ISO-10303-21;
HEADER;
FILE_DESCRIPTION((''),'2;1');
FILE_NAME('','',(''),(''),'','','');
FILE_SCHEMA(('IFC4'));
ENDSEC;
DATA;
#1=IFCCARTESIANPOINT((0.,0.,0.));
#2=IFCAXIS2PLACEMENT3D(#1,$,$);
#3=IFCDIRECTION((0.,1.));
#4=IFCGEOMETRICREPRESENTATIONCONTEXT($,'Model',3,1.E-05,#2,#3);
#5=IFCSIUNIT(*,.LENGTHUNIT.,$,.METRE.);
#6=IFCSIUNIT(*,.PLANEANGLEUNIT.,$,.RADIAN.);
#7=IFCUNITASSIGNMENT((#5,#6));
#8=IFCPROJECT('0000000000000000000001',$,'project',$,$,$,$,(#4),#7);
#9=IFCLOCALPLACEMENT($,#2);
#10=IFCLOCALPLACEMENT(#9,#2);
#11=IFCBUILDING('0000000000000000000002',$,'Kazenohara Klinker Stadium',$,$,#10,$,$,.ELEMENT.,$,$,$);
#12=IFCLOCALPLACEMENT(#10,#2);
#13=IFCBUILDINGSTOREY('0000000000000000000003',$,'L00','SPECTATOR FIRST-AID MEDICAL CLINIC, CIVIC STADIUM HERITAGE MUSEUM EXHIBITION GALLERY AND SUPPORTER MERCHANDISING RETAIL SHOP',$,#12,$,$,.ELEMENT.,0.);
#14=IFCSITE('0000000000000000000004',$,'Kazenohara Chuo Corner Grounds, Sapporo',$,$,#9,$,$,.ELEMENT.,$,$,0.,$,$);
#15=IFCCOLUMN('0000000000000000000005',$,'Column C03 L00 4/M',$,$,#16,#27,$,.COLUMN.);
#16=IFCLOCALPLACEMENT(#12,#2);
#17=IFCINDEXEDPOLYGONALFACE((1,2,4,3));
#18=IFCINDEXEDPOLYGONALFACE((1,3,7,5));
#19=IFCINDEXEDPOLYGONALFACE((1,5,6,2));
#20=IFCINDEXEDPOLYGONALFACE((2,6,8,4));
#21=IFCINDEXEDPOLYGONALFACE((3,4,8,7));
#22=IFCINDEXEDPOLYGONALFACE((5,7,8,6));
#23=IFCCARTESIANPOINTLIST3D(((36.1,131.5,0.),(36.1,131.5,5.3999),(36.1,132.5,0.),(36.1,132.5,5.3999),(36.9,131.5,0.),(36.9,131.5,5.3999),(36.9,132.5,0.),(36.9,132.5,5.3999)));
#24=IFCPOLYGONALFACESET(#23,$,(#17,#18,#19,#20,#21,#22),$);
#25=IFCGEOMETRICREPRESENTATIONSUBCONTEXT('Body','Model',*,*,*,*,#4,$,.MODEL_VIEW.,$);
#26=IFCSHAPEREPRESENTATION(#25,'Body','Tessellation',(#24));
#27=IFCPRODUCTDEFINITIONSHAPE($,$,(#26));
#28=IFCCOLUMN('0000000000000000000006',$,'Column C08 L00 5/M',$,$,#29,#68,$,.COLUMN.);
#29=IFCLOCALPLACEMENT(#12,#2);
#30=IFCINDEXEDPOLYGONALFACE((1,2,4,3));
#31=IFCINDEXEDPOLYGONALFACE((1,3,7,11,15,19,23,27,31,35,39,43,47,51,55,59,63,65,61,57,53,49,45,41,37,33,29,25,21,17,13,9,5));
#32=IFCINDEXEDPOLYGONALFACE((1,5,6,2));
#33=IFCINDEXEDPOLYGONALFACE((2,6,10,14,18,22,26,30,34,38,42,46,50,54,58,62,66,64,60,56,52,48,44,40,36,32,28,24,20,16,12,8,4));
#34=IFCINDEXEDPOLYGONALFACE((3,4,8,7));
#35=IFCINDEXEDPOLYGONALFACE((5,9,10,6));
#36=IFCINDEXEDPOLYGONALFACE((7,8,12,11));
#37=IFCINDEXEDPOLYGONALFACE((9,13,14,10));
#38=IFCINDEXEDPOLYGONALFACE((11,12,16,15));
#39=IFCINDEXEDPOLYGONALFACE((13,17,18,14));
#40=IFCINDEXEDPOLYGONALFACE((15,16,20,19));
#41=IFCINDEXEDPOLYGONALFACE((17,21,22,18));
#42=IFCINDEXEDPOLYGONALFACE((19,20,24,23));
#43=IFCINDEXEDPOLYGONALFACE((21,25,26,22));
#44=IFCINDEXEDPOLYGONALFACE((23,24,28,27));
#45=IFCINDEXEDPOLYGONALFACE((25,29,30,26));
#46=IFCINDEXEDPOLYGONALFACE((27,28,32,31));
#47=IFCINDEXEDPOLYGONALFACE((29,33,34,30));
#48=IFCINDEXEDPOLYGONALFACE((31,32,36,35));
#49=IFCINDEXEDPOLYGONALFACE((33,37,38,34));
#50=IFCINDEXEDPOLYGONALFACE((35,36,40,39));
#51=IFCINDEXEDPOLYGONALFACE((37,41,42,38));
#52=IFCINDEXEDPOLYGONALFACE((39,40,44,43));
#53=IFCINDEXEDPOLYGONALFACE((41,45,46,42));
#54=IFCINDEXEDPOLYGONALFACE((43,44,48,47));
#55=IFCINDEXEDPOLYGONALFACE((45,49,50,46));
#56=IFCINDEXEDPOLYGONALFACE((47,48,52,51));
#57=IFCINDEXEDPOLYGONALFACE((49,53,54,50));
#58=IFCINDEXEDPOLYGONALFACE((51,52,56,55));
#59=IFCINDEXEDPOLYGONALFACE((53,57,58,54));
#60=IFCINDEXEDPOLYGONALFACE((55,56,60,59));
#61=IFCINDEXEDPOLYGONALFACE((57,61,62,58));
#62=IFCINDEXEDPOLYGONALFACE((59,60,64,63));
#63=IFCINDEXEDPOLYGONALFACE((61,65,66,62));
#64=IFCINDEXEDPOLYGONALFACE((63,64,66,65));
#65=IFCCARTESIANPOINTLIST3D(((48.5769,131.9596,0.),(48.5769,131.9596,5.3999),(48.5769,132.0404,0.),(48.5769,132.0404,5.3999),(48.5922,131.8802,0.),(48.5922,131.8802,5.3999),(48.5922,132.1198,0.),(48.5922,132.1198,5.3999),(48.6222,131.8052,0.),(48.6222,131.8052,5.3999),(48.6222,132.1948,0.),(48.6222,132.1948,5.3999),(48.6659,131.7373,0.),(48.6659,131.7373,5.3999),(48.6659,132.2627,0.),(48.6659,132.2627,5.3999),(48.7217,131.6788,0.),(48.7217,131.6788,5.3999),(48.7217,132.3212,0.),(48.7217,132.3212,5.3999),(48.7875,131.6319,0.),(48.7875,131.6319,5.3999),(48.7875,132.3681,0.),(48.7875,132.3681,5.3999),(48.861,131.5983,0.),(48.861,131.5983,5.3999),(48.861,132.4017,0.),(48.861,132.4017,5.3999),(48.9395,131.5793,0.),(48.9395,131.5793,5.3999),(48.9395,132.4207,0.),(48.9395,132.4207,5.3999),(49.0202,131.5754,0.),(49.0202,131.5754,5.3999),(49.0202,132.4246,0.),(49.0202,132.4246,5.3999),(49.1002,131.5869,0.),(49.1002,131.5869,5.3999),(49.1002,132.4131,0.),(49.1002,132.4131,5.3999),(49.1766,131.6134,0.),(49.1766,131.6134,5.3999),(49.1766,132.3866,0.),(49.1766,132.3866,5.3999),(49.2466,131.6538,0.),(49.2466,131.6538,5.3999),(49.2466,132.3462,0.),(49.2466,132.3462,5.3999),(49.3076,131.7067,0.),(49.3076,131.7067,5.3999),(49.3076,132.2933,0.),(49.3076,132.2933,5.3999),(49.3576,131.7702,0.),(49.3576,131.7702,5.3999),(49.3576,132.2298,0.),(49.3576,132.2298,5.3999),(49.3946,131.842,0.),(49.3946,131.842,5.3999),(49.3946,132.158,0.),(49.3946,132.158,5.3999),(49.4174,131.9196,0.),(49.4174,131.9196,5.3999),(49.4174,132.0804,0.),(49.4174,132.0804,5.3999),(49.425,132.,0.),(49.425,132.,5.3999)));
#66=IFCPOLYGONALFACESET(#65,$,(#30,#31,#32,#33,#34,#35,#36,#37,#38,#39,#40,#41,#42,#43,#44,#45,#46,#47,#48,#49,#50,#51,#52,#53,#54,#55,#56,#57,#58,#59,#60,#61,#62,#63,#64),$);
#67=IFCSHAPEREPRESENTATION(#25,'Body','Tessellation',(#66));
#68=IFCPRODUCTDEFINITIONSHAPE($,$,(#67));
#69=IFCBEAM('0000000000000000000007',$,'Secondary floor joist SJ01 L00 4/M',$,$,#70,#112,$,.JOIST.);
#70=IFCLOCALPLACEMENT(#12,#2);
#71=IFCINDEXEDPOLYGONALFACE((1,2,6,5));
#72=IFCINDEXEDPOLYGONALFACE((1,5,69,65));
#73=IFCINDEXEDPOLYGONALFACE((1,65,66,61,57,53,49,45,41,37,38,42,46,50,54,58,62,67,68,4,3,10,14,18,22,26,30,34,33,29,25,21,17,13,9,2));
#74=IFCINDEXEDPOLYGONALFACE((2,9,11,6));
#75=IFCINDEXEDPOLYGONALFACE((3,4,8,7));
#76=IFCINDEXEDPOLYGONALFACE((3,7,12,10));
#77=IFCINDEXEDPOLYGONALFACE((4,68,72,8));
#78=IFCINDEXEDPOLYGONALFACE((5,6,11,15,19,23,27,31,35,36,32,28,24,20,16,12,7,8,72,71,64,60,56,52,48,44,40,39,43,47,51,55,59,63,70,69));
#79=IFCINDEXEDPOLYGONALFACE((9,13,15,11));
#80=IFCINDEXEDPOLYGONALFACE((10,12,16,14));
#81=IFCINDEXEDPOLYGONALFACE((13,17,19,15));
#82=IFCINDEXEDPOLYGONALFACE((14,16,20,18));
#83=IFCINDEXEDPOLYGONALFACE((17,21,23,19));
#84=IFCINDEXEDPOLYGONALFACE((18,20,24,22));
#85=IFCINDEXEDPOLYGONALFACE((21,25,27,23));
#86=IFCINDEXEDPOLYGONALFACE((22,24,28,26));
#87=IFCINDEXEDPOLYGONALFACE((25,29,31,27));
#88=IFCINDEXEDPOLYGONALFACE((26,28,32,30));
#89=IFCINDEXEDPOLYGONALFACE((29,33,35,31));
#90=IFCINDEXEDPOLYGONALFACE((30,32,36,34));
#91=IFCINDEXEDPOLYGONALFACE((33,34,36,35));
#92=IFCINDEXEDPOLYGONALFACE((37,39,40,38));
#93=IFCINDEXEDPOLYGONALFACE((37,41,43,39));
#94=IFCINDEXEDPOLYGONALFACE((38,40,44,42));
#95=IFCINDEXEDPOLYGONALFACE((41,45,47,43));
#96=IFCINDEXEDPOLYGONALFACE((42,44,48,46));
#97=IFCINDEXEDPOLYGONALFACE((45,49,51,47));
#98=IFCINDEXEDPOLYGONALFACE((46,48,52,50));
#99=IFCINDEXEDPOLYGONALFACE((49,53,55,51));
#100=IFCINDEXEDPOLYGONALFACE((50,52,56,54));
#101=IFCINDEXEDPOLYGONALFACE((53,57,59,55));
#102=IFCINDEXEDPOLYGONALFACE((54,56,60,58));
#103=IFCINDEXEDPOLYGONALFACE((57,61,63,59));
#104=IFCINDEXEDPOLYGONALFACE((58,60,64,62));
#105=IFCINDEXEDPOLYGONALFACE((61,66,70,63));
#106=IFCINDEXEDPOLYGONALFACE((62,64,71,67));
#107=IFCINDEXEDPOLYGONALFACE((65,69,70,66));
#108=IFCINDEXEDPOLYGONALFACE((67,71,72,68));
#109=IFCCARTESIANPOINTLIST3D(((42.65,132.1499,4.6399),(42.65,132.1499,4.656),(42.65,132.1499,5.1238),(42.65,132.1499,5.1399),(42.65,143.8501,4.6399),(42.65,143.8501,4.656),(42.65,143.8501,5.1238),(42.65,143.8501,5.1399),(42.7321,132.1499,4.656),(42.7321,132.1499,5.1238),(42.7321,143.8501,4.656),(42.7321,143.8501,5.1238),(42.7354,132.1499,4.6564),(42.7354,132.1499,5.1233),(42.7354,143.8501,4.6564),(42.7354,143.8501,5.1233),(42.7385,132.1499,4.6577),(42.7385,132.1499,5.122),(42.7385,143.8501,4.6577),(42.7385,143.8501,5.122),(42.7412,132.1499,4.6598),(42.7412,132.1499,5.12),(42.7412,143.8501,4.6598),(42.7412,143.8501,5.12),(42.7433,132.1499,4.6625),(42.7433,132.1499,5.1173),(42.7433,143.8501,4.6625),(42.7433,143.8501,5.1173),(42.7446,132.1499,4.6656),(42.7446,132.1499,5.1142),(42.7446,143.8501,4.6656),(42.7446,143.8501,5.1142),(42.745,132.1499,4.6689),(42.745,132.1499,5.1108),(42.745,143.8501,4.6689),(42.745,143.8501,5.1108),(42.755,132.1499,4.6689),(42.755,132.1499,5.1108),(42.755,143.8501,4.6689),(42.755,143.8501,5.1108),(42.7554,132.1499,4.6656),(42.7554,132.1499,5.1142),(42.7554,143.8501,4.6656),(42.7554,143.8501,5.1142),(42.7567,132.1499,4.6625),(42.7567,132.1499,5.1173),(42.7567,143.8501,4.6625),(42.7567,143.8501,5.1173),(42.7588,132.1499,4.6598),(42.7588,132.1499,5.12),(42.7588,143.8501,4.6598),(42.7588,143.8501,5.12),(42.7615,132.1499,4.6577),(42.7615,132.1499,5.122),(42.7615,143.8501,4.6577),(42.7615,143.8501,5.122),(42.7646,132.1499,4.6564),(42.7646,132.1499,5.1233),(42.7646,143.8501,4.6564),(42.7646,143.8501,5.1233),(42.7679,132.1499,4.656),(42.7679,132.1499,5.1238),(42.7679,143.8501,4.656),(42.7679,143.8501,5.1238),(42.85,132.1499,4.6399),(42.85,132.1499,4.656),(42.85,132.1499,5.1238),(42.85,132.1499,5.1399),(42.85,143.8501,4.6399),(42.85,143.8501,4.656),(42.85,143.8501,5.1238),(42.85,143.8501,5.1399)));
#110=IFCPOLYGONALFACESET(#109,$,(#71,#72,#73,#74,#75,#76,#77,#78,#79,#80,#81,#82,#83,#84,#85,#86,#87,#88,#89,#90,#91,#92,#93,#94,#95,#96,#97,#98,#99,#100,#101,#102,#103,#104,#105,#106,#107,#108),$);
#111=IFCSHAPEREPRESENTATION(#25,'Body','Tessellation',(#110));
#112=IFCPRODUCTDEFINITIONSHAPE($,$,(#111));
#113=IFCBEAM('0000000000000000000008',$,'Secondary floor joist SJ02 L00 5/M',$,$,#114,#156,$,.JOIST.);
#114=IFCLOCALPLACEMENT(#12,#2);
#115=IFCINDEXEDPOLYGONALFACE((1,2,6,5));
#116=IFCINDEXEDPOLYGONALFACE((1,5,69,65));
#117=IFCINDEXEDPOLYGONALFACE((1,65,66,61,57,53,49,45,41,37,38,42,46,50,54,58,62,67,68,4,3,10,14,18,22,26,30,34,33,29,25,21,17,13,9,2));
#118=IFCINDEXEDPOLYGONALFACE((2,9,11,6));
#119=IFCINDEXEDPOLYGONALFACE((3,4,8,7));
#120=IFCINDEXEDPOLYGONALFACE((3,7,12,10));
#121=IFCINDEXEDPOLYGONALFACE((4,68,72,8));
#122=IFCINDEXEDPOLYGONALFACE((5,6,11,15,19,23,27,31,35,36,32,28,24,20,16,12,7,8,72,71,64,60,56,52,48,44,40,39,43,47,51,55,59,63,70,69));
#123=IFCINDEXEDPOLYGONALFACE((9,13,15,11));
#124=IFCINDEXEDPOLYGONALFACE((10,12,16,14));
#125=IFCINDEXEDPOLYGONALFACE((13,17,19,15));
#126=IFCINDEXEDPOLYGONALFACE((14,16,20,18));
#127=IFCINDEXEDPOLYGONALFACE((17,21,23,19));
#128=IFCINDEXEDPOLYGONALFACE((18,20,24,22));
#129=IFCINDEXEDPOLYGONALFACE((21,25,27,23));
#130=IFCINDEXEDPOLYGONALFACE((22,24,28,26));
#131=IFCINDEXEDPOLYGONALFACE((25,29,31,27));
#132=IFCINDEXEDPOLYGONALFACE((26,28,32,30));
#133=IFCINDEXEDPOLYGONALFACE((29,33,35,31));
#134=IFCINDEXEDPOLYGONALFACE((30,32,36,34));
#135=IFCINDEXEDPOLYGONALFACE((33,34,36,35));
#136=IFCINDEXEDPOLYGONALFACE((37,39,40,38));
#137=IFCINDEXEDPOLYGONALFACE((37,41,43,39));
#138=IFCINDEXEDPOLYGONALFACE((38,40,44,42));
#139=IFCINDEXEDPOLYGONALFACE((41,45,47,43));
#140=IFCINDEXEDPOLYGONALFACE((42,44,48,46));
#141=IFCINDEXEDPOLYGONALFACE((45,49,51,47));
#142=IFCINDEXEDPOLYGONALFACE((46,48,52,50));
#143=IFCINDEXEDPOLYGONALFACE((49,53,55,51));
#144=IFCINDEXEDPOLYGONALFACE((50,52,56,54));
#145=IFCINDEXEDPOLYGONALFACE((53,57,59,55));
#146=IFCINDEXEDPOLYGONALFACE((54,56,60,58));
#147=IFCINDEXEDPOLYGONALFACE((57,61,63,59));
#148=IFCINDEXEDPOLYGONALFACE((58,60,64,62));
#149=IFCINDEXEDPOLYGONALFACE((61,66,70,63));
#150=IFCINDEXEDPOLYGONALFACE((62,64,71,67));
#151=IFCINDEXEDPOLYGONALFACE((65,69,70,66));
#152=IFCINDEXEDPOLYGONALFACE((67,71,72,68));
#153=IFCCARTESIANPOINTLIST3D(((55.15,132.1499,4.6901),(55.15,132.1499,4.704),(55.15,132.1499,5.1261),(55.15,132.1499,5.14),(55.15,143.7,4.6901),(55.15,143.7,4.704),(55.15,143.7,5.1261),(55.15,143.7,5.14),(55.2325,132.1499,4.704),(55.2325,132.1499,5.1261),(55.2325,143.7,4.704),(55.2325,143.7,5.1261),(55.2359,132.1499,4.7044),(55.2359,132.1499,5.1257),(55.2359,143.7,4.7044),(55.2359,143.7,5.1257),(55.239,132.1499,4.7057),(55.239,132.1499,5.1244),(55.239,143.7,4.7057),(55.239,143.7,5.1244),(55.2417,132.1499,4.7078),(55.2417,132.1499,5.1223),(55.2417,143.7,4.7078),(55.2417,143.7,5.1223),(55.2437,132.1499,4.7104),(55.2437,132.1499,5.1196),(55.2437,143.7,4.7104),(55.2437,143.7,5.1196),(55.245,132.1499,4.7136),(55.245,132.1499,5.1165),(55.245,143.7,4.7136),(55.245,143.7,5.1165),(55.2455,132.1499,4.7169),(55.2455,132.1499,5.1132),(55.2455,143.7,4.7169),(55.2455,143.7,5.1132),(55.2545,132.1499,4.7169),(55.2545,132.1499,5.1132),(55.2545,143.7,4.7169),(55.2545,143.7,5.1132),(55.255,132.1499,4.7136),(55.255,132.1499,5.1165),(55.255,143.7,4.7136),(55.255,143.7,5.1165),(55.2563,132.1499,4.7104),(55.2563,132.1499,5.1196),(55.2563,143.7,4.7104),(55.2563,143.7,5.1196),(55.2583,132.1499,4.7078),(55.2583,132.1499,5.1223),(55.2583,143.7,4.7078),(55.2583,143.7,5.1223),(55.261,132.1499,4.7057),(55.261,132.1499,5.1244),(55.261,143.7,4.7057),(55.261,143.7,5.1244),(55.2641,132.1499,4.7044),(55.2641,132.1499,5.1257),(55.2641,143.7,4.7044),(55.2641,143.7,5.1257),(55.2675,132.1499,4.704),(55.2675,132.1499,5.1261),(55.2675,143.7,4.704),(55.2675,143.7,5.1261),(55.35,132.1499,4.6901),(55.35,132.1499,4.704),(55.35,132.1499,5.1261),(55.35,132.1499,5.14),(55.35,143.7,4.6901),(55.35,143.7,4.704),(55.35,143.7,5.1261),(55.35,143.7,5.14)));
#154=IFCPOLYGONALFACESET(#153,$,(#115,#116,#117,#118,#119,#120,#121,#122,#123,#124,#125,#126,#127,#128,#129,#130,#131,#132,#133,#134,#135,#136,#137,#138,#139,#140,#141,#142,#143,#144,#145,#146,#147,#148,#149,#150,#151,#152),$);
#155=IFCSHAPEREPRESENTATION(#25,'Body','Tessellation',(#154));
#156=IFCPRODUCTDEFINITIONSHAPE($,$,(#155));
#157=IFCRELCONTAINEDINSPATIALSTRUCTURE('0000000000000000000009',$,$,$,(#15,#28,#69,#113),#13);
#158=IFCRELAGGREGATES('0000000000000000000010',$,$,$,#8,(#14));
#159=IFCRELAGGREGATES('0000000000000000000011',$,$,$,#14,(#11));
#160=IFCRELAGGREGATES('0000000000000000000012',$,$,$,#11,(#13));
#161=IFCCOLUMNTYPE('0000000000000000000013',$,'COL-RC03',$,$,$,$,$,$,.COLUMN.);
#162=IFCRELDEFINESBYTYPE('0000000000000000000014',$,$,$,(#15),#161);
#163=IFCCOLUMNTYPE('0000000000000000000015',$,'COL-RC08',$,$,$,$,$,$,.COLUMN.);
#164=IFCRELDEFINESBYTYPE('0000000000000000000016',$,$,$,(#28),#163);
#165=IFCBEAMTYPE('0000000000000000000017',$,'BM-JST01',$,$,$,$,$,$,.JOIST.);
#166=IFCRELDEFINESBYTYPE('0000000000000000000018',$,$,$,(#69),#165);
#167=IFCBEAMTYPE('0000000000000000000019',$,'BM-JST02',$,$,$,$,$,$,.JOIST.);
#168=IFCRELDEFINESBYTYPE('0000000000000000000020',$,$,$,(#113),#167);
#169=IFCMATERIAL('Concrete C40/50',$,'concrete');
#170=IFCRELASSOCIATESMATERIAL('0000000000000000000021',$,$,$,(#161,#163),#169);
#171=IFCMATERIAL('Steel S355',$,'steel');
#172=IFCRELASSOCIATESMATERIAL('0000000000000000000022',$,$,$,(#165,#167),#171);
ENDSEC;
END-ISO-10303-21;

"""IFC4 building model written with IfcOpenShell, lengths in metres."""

from ifc_helpers import new_model, si_unit, direction, frame, origin, origin_2d, place, context, subcontext, project, spatial, rectangle, circle, i_section, extrude, material, material_profile, profile_set, type_object, element, save


model = new_model("IFC4")

# Units and contexts
model_context = context("Model", 3, precision=1e-05, world=origin(), true_north=direction((0.0, 1.0)))
body_context = subcontext(model_context, "Body", "Model", "MODEL_VIEW")
ifc_project = project(units=[si_unit("LENGTHUNIT", "METRE"), si_unit("PLANEANGLEUNIT", "RADIAN")], contexts=[model_context])

# Site, building, storey
site_placement = place(None, origin())
site = spatial("IfcSite", under=ifc_project, at=site_placement, Name="Kazenohara Chuo Corner Grounds, Sapporo", CompositionType="ELEMENT", RefElevation=0.0)
building_placement = place(site_placement, origin())
building = spatial("IfcBuilding", under=site, at=building_placement, Name="Kazenohara Klinker Stadium", CompositionType="ELEMENT")
storey_placement = place(building_placement, origin())
storey = spatial("IfcBuildingStorey", under=building, at=storey_placement, Name="L00", Description="SPECTATOR FIRST-AID MEDICAL CLINIC, CIVIC STADIUM HERITAGE MUSEUM EXHIBITION GALLERY AND SUPPORTER MERCHANDISING RETAIL SHOP", CompositionType="ELEMENT", Elevation=0.0)

# Columns
ifc_material_1 = material(Name="Concrete C40/50", Category="concrete")
ifc_material_profile_1 = material_profile(ifc_material_1, rectangle(XDim=0.8, YDim=1.0, at=origin_2d()), Name="RC-COL-1000x800")
ifc_profile_set_1 = profile_set([ifc_material_profile_1], Name="Concrete C40/50")
column_type_1 = type_object("IfcColumnType", Name="COL-RC03", PredefinedType="COLUMN", material=ifc_profile_set_1)
column_1_placement = place(storey_placement, frame((36.5, 132.0, 0.0), z_axis=(0.0, 0.0, 1.0), x_axis=(1.0, 0.0, 0.0)))
element("IfcColumn", 1, at=column_1_placement, inside=storey, type_object=column_type_1, Name="Column C03 L00 4/M", PredefinedType="COLUMN", context=body_context, shape_type="SweptSolid", body=[
    extrude(rectangle(XDim=0.8, YDim=1.0, at=origin_2d()), origin(), (0.0, 0.0, 1.0), 5.3999),
])
ifc_material_profile_2 = material_profile(ifc_material_1, circle(Radius=0.425, at=origin_2d()), Name="RC-COL-D850")
ifc_profile_set_2 = profile_set([ifc_material_profile_2], Name="Concrete C40/50")
column_type_2 = type_object("IfcColumnType", Name="COL-RC08", PredefinedType="COLUMN", material=ifc_profile_set_2)
column_2_placement = place(storey_placement, frame((49.0, 132.0, 0.0), z_axis=(0.0, 0.0, 1.0), x_axis=(1.0, 0.0, 0.0)))
element("IfcColumn", 2, at=column_2_placement, inside=storey, type_object=column_type_2, Name="Column C08 L00 5/M", PredefinedType="COLUMN", context=body_context, shape_type="SweptSolid", body=[
    extrude(circle(Radius=0.425, at=origin_2d()), origin(), (0.0, 0.0, 1.0), 5.3999),
])

# Beams
ifc_material_2 = material(Name="Steel S355", Category="steel")
ifc_material_profile_3 = material_profile(ifc_material_2, i_section(OverallWidth=0.2, OverallDepth=0.5, WebThickness=0.01, FlangeThickness=0.0161, FilletRadius=0.0129, at=origin_2d()), Name="H-500x200x10x16")
ifc_profile_set_3 = profile_set([ifc_material_profile_3], Name="Steel S355")
beam_type_1 = type_object("IfcBeamType", Name="BM-JST01", PredefinedType="JOIST", material=ifc_profile_set_3)
beam_1_placement = place(storey_placement, frame((42.75, 132.1499, 4.8899), z_axis=(0.0, 1.0, 0.0), x_axis=(-1.0, 0.0, 0.0)))
element("IfcBeam", 3, at=beam_1_placement, inside=storey, type_object=beam_type_1, Name="Secondary floor joist SJ01 L00 4/M", PredefinedType="JOIST", context=body_context, shape_type="SweptSolid", body=[
    extrude(i_section(OverallWidth=0.2, OverallDepth=0.5, WebThickness=0.01, FlangeThickness=0.0161, FilletRadius=0.0129, at=origin_2d()), origin(), (0.0, 0.0, 1.0), 11.7002),
])
ifc_material_profile_4 = material_profile(ifc_material_2, i_section(OverallWidth=0.2, OverallDepth=0.45, WebThickness=0.009, FlangeThickness=0.0139, FilletRadius=0.0129, at=origin_2d()), Name="H-450x200x9x14")
ifc_profile_set_4 = profile_set([ifc_material_profile_4], Name="Steel S355")
beam_type_2 = type_object("IfcBeamType", Name="BM-JST02", PredefinedType="JOIST", material=ifc_profile_set_4)
beam_2_placement = place(storey_placement, frame((55.25, 132.1499, 4.915), z_axis=(0.0, 1.0, 0.0), x_axis=(-1.0, 0.0, 0.0)))
element("IfcBeam", 4, at=beam_2_placement, inside=storey, type_object=beam_type_2, Name="Secondary floor joist SJ02 L00 5/M", PredefinedType="JOIST", context=body_context, shape_type="SweptSolid", body=[
    extrude(i_section(OverallWidth=0.2, OverallDepth=0.45, WebThickness=0.009, FlangeThickness=0.0139, FilletRadius=0.0129, at=origin_2d()), origin(), (0.0, 0.0, 1.0), 11.55),
])

save(model, "model.ifc")
